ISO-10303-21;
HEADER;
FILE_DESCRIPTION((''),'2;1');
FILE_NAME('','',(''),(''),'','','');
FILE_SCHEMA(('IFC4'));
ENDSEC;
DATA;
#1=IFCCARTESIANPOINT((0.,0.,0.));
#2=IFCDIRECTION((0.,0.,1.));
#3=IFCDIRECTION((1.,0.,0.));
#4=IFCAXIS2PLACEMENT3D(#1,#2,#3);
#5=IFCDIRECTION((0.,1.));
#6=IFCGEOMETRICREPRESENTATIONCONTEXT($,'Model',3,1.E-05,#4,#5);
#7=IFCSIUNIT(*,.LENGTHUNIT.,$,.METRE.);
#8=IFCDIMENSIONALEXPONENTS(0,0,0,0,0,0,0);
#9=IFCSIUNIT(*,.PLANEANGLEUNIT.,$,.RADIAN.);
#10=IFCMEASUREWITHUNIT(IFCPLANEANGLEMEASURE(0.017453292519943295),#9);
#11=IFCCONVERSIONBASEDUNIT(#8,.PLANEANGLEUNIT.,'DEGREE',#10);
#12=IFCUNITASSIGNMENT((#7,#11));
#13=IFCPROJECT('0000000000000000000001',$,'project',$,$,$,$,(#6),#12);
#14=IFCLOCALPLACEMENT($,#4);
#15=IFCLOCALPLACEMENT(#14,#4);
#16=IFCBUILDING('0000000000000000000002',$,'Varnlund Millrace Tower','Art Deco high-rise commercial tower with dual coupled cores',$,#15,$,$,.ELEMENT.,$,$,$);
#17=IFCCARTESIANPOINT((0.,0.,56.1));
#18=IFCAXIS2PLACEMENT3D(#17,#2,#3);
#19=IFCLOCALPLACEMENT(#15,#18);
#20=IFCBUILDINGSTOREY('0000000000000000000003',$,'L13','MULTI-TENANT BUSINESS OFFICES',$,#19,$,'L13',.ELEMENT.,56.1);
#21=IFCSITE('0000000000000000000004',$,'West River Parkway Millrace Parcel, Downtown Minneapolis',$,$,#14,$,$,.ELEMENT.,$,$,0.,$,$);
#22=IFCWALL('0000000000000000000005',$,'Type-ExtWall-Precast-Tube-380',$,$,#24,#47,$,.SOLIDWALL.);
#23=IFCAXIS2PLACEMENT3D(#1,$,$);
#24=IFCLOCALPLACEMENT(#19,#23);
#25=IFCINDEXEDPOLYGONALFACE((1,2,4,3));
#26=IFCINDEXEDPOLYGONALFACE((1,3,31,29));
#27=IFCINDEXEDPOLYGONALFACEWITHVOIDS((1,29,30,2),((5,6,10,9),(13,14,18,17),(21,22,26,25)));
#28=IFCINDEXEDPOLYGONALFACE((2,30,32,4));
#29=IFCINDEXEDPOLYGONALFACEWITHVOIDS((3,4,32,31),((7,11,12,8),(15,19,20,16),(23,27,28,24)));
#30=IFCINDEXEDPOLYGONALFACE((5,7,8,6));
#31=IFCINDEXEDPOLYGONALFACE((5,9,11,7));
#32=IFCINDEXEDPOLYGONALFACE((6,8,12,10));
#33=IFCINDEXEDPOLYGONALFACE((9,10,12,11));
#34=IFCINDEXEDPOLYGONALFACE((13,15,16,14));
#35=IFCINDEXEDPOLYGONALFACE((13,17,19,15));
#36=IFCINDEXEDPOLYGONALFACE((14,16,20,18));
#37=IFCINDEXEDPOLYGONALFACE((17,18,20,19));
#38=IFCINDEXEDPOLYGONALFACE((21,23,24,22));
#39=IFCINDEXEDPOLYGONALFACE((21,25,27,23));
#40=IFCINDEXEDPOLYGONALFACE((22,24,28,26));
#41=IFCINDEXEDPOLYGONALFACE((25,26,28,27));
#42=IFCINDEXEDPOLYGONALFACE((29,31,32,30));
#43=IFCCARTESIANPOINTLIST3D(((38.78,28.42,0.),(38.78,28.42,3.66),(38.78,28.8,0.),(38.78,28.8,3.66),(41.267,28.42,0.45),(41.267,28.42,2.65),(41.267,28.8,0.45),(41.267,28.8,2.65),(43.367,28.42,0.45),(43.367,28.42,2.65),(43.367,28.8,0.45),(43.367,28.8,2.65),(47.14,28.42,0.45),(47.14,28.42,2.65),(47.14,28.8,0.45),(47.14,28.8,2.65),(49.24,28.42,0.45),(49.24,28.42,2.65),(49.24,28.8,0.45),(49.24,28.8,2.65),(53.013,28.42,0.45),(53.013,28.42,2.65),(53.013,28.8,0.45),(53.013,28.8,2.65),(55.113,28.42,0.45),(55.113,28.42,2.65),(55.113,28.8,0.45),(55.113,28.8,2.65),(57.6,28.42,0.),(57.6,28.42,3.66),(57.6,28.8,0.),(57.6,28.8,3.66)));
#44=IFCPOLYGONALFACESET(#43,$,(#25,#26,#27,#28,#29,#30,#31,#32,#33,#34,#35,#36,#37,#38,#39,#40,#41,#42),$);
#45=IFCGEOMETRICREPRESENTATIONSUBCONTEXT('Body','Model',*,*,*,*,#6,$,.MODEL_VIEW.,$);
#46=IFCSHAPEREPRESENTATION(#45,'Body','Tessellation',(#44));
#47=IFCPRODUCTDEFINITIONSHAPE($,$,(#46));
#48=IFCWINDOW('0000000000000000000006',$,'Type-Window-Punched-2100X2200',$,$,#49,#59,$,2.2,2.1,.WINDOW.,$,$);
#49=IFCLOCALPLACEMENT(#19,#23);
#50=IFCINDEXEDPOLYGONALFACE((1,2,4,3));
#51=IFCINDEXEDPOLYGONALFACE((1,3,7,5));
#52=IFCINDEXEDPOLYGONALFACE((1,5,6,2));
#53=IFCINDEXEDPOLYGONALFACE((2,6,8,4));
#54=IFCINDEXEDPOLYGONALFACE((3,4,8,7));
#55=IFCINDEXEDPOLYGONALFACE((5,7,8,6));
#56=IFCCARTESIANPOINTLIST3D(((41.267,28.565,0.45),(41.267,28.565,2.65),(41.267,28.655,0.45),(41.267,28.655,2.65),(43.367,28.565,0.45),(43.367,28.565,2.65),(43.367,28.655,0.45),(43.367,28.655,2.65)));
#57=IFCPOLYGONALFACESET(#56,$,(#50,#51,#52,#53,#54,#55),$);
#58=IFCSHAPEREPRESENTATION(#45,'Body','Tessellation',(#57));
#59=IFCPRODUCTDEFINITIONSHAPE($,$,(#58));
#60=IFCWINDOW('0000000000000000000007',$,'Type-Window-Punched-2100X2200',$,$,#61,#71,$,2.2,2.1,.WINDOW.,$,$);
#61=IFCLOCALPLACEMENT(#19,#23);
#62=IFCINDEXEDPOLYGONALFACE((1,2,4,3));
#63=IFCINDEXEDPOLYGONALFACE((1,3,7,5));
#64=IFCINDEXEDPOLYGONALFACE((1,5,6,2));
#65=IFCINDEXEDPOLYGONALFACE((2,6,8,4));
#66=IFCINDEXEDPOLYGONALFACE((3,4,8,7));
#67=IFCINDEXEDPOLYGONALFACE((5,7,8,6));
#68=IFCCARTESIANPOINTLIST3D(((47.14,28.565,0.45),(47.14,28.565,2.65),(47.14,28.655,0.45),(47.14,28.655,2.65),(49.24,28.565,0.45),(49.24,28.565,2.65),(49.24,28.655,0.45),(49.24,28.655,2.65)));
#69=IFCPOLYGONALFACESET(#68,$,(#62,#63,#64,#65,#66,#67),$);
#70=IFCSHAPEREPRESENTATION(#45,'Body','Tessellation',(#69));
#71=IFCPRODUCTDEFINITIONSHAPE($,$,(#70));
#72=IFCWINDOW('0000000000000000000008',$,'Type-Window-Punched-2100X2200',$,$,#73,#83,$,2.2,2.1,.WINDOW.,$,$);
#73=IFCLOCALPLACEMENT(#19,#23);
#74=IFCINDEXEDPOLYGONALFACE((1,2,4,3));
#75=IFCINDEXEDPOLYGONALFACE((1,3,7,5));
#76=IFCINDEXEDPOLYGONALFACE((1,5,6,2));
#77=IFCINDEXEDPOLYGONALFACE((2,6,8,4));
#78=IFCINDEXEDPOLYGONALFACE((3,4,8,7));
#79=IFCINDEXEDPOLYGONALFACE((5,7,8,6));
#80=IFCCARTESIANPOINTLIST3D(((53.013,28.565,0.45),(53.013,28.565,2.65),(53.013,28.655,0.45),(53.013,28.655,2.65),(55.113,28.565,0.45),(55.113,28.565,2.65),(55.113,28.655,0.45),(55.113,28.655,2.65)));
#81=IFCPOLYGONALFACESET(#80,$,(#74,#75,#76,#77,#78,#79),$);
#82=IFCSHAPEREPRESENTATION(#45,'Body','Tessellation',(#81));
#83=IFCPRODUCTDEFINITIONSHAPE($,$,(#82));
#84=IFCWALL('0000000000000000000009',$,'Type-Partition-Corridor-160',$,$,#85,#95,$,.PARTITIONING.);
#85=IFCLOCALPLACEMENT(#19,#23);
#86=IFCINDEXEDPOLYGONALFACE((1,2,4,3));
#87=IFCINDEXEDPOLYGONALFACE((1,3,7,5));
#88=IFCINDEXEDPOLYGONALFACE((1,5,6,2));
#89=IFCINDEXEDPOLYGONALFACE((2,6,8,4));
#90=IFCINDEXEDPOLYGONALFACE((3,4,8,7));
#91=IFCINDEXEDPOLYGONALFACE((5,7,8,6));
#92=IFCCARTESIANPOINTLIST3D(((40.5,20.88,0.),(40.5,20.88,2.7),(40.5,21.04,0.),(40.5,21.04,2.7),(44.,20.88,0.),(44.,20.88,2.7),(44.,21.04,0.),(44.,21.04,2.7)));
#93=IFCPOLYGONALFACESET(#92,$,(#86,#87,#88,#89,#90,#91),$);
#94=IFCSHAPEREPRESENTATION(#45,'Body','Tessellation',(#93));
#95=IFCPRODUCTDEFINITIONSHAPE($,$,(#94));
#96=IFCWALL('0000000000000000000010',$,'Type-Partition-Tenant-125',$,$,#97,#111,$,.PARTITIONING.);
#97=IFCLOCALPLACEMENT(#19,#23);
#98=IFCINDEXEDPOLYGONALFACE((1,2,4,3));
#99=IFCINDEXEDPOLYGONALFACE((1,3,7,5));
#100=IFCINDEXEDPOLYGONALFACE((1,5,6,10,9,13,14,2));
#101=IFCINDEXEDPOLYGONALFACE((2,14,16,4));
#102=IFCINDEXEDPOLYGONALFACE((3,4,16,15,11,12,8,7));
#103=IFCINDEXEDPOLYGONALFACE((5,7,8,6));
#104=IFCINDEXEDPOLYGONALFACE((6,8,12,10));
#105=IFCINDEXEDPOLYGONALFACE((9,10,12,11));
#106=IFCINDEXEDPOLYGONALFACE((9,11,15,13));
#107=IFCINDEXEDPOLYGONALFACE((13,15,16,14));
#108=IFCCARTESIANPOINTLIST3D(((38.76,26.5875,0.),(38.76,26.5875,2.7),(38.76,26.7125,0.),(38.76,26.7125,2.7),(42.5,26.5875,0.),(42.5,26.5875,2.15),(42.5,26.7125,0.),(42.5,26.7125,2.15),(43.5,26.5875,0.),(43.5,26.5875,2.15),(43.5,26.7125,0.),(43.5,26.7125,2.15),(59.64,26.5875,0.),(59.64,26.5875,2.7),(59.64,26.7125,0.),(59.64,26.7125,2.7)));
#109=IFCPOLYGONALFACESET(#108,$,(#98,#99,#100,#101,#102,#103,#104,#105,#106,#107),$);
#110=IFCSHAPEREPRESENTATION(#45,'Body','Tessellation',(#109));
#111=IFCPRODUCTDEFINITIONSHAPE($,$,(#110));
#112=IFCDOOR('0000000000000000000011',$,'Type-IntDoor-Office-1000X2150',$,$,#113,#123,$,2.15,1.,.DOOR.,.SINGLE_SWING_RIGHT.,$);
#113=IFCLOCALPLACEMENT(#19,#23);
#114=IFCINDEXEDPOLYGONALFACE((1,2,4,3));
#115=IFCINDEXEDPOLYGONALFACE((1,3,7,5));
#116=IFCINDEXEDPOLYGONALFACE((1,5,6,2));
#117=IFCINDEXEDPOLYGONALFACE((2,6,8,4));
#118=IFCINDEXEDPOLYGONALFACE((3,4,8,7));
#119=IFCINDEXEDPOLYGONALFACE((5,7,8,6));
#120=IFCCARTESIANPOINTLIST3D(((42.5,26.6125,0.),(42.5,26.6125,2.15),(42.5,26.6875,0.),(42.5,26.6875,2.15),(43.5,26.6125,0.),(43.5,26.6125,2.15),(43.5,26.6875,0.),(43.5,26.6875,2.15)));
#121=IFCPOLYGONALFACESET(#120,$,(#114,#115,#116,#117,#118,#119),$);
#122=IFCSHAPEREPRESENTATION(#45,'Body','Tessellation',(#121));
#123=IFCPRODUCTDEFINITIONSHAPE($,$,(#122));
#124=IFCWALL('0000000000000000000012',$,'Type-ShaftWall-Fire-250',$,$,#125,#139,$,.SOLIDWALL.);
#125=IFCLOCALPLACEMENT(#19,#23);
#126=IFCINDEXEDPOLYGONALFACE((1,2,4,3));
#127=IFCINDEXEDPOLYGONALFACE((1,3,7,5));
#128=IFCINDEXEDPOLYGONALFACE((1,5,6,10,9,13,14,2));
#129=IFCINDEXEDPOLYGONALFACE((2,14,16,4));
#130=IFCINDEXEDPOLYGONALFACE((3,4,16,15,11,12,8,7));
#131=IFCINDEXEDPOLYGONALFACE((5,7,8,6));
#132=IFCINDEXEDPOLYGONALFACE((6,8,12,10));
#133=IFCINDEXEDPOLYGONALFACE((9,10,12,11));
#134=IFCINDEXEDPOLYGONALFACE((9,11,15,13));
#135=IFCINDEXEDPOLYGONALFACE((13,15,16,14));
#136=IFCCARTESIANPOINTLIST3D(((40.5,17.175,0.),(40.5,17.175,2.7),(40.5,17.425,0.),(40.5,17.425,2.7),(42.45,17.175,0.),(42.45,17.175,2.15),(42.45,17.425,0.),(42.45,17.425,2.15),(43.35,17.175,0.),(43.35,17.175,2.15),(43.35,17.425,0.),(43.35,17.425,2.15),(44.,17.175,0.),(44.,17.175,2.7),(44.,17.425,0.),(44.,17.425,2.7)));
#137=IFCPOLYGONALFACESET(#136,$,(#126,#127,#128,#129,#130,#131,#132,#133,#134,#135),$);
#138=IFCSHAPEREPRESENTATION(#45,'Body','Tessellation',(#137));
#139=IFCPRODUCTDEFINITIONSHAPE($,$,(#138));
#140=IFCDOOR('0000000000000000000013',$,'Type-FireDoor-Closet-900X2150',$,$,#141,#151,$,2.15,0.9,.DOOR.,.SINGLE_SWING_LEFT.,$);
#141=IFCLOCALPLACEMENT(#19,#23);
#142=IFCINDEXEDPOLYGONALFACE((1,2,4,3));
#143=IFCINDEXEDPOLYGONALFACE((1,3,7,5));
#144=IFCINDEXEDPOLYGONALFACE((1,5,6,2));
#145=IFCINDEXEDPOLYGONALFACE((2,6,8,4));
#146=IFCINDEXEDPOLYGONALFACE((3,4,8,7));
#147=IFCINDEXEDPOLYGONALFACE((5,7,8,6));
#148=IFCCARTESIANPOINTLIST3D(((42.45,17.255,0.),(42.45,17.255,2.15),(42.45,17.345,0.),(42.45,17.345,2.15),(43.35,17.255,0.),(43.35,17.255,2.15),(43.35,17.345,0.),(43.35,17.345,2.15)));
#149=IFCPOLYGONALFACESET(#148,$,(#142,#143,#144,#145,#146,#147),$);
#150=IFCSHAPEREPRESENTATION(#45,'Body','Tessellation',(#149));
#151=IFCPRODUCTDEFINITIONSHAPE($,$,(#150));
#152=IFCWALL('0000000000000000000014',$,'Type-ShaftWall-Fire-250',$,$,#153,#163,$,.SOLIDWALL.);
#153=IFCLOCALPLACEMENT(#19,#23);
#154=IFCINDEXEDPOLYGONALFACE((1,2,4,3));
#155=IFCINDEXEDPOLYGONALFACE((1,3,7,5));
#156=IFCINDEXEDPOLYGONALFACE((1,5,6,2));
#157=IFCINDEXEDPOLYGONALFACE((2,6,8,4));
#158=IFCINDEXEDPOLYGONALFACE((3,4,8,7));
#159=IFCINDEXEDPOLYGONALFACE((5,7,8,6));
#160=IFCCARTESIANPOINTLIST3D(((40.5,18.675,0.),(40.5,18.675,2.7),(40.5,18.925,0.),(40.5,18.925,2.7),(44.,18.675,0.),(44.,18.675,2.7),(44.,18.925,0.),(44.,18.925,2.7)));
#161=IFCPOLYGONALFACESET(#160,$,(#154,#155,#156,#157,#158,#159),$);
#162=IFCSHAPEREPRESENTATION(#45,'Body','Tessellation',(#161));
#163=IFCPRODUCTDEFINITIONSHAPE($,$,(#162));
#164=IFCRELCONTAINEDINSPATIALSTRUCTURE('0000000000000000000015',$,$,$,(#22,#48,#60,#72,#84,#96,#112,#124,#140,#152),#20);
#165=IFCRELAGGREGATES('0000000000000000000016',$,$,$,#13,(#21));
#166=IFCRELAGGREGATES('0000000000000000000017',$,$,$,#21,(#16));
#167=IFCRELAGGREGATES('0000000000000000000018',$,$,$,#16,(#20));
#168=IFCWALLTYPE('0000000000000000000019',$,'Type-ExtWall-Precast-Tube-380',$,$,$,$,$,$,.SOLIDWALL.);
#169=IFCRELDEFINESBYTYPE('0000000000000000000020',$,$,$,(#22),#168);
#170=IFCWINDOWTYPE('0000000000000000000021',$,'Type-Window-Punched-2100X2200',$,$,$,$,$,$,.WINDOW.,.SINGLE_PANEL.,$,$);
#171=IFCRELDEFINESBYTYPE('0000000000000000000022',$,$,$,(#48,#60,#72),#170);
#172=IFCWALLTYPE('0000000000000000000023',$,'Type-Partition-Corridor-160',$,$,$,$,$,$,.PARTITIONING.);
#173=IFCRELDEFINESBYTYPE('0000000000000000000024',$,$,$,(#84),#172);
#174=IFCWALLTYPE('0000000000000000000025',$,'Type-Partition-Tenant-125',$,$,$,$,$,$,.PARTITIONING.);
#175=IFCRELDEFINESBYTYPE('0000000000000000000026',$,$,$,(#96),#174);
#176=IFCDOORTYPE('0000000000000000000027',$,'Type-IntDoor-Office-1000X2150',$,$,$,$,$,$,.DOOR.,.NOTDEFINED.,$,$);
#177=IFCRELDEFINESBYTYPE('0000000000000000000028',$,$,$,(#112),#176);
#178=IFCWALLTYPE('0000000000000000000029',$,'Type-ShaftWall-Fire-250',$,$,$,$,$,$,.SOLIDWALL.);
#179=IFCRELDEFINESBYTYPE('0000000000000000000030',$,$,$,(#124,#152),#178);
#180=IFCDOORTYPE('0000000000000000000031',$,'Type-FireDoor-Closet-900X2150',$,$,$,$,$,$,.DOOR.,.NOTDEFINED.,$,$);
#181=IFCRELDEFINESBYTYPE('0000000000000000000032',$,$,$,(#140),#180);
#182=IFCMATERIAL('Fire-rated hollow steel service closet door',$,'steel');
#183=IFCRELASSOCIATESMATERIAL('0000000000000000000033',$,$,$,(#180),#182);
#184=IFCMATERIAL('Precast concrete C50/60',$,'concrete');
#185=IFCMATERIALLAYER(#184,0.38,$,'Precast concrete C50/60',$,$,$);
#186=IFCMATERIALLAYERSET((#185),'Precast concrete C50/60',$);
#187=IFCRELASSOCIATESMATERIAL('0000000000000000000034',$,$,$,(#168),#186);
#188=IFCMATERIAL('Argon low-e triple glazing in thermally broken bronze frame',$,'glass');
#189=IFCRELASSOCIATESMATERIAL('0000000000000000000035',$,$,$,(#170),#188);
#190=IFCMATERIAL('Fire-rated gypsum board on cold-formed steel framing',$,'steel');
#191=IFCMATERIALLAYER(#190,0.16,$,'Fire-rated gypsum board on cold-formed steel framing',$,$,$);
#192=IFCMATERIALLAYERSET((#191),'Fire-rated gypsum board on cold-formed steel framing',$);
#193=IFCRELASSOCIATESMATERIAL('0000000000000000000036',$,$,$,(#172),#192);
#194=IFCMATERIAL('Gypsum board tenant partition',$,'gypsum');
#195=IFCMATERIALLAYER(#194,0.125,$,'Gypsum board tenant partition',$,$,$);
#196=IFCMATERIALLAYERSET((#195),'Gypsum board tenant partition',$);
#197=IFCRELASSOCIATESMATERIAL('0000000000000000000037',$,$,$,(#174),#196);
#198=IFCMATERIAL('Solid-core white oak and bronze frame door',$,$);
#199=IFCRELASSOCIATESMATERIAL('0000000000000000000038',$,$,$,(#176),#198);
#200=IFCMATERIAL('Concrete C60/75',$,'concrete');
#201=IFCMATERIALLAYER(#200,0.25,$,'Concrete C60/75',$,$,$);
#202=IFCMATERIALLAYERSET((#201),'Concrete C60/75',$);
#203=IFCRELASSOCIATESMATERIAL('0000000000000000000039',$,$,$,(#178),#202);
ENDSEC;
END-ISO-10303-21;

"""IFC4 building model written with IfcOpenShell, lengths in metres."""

from ifc_helpers import new_model, entity, si_unit, converted_unit, direction, frame, origin_with_axes, origin_2d_with_axis, place, context, subcontext, project, spatial, polyline, rectangle, outline, extrude, material, layer, layer_set, type_object, element, fill, save


model = new_model("IFC4")

# Units and contexts
model_context = context("Model", 3, precision=1e-05, world=origin_with_axes(), true_north=direction((0.0, 1.0)))
body_context = subcontext(model_context, "Body", "Model", "MODEL_VIEW")
ifc_project = project(units=[si_unit("LENGTHUNIT", "METRE"), converted_unit("PLANEANGLEUNIT", "DEGREE", entity("IfcPlaneAngleMeasure", 0.017453292519943295), si_unit("PLANEANGLEUNIT", "RADIAN"), dimensions=[0, 0, 0, 0, 0, 0, 0])], contexts=[model_context])

# Site, building, storey
site_placement = place(None, origin_with_axes())
site = spatial("IfcSite", under=ifc_project, at=site_placement, Name="West River Parkway Millrace Parcel, Downtown Minneapolis", CompositionType="ELEMENT", RefElevation=0.0)
building_placement = place(site_placement, origin_with_axes())
building = spatial("IfcBuilding", under=site, at=building_placement, Name="Varnlund Millrace Tower", Description="Art Deco high-rise commercial tower with dual coupled cores", CompositionType="ELEMENT")
storey_placement = place(building_placement, frame((0.0, 0.0, 56.1), z_axis=(0.0, 0.0, 1.0), x_axis=(1.0, 0.0, 0.0)))
storey = spatial("IfcBuildingStorey", under=building, at=storey_placement, Name="L13", Description="MULTI-TENANT BUSINESS OFFICES", LongName="L13", CompositionType="ELEMENT", Elevation=56.1)

# Shared definitions
ifc_material_1 = material(Name="Fire-rated hollow steel service closet door", Category="steel")
door_type_1 = type_object("IfcDoorType", Name="Type-FireDoor-Closet-900X2150", OperationType="NOTDEFINED", PredefinedType="DOOR", material=ifc_material_1)

# Wall, openings, windows
ifc_material_2 = material(Name="Precast concrete C50/60", Category="concrete")
ifc_layer_1 = layer(ifc_material_2, 0.38, Name="Precast concrete C50/60")
ifc_layer_set_1 = layer_set([ifc_layer_1], Name="Precast concrete C50/60")
wall_type_1 = type_object("IfcWallType", Name="Type-ExtWall-Precast-Tube-380", PredefinedType="SOLIDWALL", material=ifc_layer_set_1)
wall_1_placement = place(storey_placement, frame((38.78, 28.61, 0.0), z_axis=(0.0, 0.0, 1.0), x_axis=(1.0, 0.0, 0.0)))
wall_1 = element("IfcWall", 1, at=wall_1_placement, inside=storey, type_object=wall_type_1, Name="Type-ExtWall-Precast-Tube-380", PredefinedType="SOLIDWALL", context=body_context, shape_type="SweptSolid", body=[
    extrude(outline(polyline([(0.0, -0.19), (18.82, -0.19), (18.82, 0.19), (0.0, 0.19), (0.0, -0.19)])), origin_with_axes(), (0.0, 0.0, 1.0), 3.66),
])
opening_1_placement = place(wall_1_placement, frame((3.537, 0.0, 0.45), z_axis=(0.0, 0.0, 1.0), x_axis=(1.0, 0.0, 0.0)))
opening_1 = element("IfcOpeningElement", 2, at=opening_1_placement, cuts=wall_1, PredefinedType="OPENING", context=body_context, shape_type="SweptSolid", body=[
    extrude(rectangle(XDim=2.1, YDim=0.4, at=origin_2d_with_axis()), origin_with_axes(), (0.0, 0.0, 1.0), 2.2),
])
opening_2_placement = place(wall_1_placement, frame((9.41, 0.0, 0.45), z_axis=(0.0, 0.0, 1.0), x_axis=(1.0, 0.0, 0.0)))
opening_2 = element("IfcOpeningElement", 3, at=opening_2_placement, cuts=wall_1, PredefinedType="OPENING", context=body_context, shape_type="SweptSolid", body=[
    extrude(rectangle(XDim=2.1, YDim=0.4, at=origin_2d_with_axis()), origin_with_axes(), (0.0, 0.0, 1.0), 2.2),
])
opening_3_placement = place(wall_1_placement, frame((15.283, 0.0, 0.45), z_axis=(0.0, 0.0, 1.0), x_axis=(1.0, 0.0, 0.0)))
opening_3 = element("IfcOpeningElement", 4, at=opening_3_placement, cuts=wall_1, PredefinedType="OPENING", context=body_context, shape_type="SweptSolid", body=[
    extrude(rectangle(XDim=2.1, YDim=0.4, at=origin_2d_with_axis()), origin_with_axes(), (0.0, 0.0, 1.0), 2.2),
])
ifc_material_3 = material(Name="Argon low-e triple glazing in thermally broken bronze frame", Category="glass")
window_type = type_object("IfcWindowType", Name="Type-Window-Punched-2100X2200", PartitioningType="SINGLE_PANEL", PredefinedType="WINDOW", material=ifc_material_3)
window_1_placement = place(wall_1_placement, frame((3.537, 0.0, 0.45), z_axis=(0.0, 0.0, 1.0), x_axis=(1.0, 0.0, 0.0)))
window_1 = element("IfcWindow", 5, at=window_1_placement, inside=storey, type_object=window_type, Name="Type-Window-Punched-2100X2200", OverallHeight=2.2, OverallWidth=2.1, PredefinedType="WINDOW", context=body_context, shape_type="SweptSolid", body=[
    extrude(rectangle(XDim=2.1, YDim=0.09, at=origin_2d_with_axis()), origin_with_axes(), (0.0, 0.0, 1.0), 2.2),
])
fill(opening_1, window_1)
window_2_placement = place(wall_1_placement, frame((9.41, 0.0, 0.45), z_axis=(0.0, 0.0, 1.0), x_axis=(1.0, 0.0, 0.0)))
window_2 = element("IfcWindow", 6, at=window_2_placement, inside=storey, type_object=window_type, Name="Type-Window-Punched-2100X2200", OverallHeight=2.2, OverallWidth=2.1, PredefinedType="WINDOW", context=body_context, shape_type="SweptSolid", body=[
    extrude(rectangle(XDim=2.1, YDim=0.09, at=origin_2d_with_axis()), origin_with_axes(), (0.0, 0.0, 1.0), 2.2),
])
fill(opening_2, window_2)
window_3_placement = place(wall_1_placement, frame((15.283, 0.0, 0.45), z_axis=(0.0, 0.0, 1.0), x_axis=(1.0, 0.0, 0.0)))
window_3 = element("IfcWindow", 7, at=window_3_placement, inside=storey, type_object=window_type, Name="Type-Window-Punched-2100X2200", OverallHeight=2.2, OverallWidth=2.1, PredefinedType="WINDOW", context=body_context, shape_type="SweptSolid", body=[
    extrude(rectangle(XDim=2.1, YDim=0.09, at=origin_2d_with_axis()), origin_with_axes(), (0.0, 0.0, 1.0), 2.2),
])
fill(opening_3, window_3)

# Wall
ifc_material_4 = material(Name="Fire-rated gypsum board on cold-formed steel framing", Category="steel")
ifc_layer_2 = layer(ifc_material_4, 0.16, Name="Fire-rated gypsum board on cold-formed steel framing")
ifc_layer_set_2 = layer_set([ifc_layer_2], Name="Fire-rated gypsum board on cold-formed steel framing")
wall_type_2 = type_object("IfcWallType", Name="Type-Partition-Corridor-160", PredefinedType="PARTITIONING", material=ifc_layer_set_2)
wall_2_placement = place(storey_placement, frame((40.5, 20.96, 0.0), z_axis=(0.0, 0.0, 1.0), x_axis=(1.0, 0.0, 0.0)))
element("IfcWall", 8, at=wall_2_placement, inside=storey, type_object=wall_type_2, Name="Type-Partition-Corridor-160", PredefinedType="PARTITIONING", context=body_context, shape_type="SweptSolid", body=[
    extrude(outline(polyline([(0.0, -0.08), (3.5, -0.08), (3.5, 0.08), (0.0, 0.08), (0.0, -0.08)])), origin_with_axes(), (0.0, 0.0, 1.0), 2.7),
])

# Walls, openings, doors
ifc_material_5 = material(Name="Gypsum board tenant partition", Category="gypsum")
ifc_layer_3 = layer(ifc_material_5, 0.125, Name="Gypsum board tenant partition")
ifc_layer_set_3 = layer_set([ifc_layer_3], Name="Gypsum board tenant partition")
wall_type_3 = type_object("IfcWallType", Name="Type-Partition-Tenant-125", PredefinedType="PARTITIONING", material=ifc_layer_set_3)
wall_3_placement = place(storey_placement, frame((38.76, 26.65, 0.0), z_axis=(0.0, 0.0, 1.0), x_axis=(1.0, 0.0, 0.0)))
wall_3 = element("IfcWall", 9, at=wall_3_placement, inside=storey, type_object=wall_type_3, Name="Type-Partition-Tenant-125", PredefinedType="PARTITIONING", context=body_context, shape_type="SweptSolid", body=[
    extrude(outline(polyline([(0.0, -0.0625), (20.88, -0.0625), (20.88, 0.0625), (0.0, 0.0625), (0.0, -0.0625)])), origin_with_axes(), (0.0, 0.0, 1.0), 2.7),
])
opening_4_placement = place(wall_3_placement, frame((4.24, 0.0, 0.0), z_axis=(0.0, 0.0, 1.0), x_axis=(1.0, 0.0, 0.0)))
opening_4 = element("IfcOpeningElement", 10, at=opening_4_placement, cuts=wall_3, PredefinedType="OPENING", context=body_context, shape_type="SweptSolid", body=[
    extrude(rectangle(XDim=1.0, YDim=0.145, at=origin_2d_with_axis()), origin_with_axes(), (0.0, 0.0, 1.0), 2.15),
])
ifc_material_6 = material(Name="Solid-core white oak and bronze frame door")
door_type_2 = type_object("IfcDoorType", Name="Type-IntDoor-Office-1000X2150", OperationType="NOTDEFINED", PredefinedType="DOOR", material=ifc_material_6)
door_1_placement = place(wall_3_placement, frame((4.24, 0.0, 0.0), z_axis=(0.0, 0.0, 1.0), x_axis=(1.0, 0.0, 0.0)))
door_1 = element("IfcDoor", 11, at=door_1_placement, inside=storey, type_object=door_type_2, Name="Type-IntDoor-Office-1000X2150", OperationType="SINGLE_SWING_RIGHT", OverallHeight=2.15, OverallWidth=1.0, PredefinedType="DOOR", context=body_context, shape_type="SweptSolid", body=[
    extrude(rectangle(XDim=1.0, YDim=0.075, at=origin_2d_with_axis()), origin_with_axes(), (0.0, 0.0, 1.0), 2.15),
])
fill(opening_4, door_1)
ifc_material_7 = material(Name="Concrete C60/75", Category="concrete")
ifc_layer_4 = layer(ifc_material_7, 0.25, Name="Concrete C60/75")
ifc_layer_set_4 = layer_set([ifc_layer_4], Name="Concrete C60/75")
wall_type_4 = type_object("IfcWallType", Name="Type-ShaftWall-Fire-250", PredefinedType="SOLIDWALL", material=ifc_layer_set_4)
wall_4_placement = place(storey_placement, frame((40.5, 17.3, 0.0), z_axis=(0.0, 0.0, 1.0), x_axis=(1.0, 0.0, 0.0)))
wall_4 = element("IfcWall", 12, at=wall_4_placement, inside=storey, type_object=wall_type_4, Name="Type-ShaftWall-Fire-250", PredefinedType="SOLIDWALL", context=body_context, shape_type="SweptSolid", body=[
    extrude(outline(polyline([(0.0, -0.125), (3.5, -0.125), (3.5, 0.125), (0.0, 0.125), (0.0, -0.125)])), origin_with_axes(), (0.0, 0.0, 1.0), 2.7),
])
opening_5_placement = place(wall_4_placement, frame((2.4, 0.0, 0.0), z_axis=(0.0, 0.0, 1.0), x_axis=(1.0, 0.0, 0.0)))
opening_5 = element("IfcOpeningElement", 13, at=opening_5_placement, cuts=wall_4, PredefinedType="OPENING", context=body_context, shape_type="SweptSolid", body=[
    extrude(rectangle(XDim=0.9, YDim=0.27, at=origin_2d_with_axis()), origin_with_axes(), (0.0, 0.0, 1.0), 2.15),
])
door_2_placement = place(wall_4_placement, frame((2.4, 0.0, 0.0), z_axis=(0.0, 0.0, 1.0), x_axis=(1.0, 0.0, 0.0)))
door_2 = element("IfcDoor", 14, at=door_2_placement, inside=storey, type_object=door_type_1, Name="Type-FireDoor-Closet-900X2150", OperationType="SINGLE_SWING_LEFT", OverallHeight=2.15, OverallWidth=0.9, PredefinedType="DOOR", context=body_context, shape_type="SweptSolid", body=[
    extrude(rectangle(XDim=0.9, YDim=0.09, at=origin_2d_with_axis()), origin_with_axes(), (0.0, 0.0, 1.0), 2.15),
])
fill(opening_5, door_2)

# Wall
wall_5_placement = place(storey_placement, frame((40.5, 18.8, 0.0), z_axis=(0.0, 0.0, 1.0), x_axis=(1.0, 0.0, 0.0)))
element("IfcWall", 15, at=wall_5_placement, inside=storey, type_object=wall_type_4, Name="Type-ShaftWall-Fire-250", PredefinedType="SOLIDWALL", context=body_context, shape_type="SweptSolid", body=[
    extrude(outline(polyline([(0.0, -0.125), (3.5, -0.125), (3.5, 0.125), (0.0, 0.125), (0.0, -0.125)])), origin_with_axes(), (0.0, 0.0, 1.0), 2.7),
])

save(model, "model.ifc")
